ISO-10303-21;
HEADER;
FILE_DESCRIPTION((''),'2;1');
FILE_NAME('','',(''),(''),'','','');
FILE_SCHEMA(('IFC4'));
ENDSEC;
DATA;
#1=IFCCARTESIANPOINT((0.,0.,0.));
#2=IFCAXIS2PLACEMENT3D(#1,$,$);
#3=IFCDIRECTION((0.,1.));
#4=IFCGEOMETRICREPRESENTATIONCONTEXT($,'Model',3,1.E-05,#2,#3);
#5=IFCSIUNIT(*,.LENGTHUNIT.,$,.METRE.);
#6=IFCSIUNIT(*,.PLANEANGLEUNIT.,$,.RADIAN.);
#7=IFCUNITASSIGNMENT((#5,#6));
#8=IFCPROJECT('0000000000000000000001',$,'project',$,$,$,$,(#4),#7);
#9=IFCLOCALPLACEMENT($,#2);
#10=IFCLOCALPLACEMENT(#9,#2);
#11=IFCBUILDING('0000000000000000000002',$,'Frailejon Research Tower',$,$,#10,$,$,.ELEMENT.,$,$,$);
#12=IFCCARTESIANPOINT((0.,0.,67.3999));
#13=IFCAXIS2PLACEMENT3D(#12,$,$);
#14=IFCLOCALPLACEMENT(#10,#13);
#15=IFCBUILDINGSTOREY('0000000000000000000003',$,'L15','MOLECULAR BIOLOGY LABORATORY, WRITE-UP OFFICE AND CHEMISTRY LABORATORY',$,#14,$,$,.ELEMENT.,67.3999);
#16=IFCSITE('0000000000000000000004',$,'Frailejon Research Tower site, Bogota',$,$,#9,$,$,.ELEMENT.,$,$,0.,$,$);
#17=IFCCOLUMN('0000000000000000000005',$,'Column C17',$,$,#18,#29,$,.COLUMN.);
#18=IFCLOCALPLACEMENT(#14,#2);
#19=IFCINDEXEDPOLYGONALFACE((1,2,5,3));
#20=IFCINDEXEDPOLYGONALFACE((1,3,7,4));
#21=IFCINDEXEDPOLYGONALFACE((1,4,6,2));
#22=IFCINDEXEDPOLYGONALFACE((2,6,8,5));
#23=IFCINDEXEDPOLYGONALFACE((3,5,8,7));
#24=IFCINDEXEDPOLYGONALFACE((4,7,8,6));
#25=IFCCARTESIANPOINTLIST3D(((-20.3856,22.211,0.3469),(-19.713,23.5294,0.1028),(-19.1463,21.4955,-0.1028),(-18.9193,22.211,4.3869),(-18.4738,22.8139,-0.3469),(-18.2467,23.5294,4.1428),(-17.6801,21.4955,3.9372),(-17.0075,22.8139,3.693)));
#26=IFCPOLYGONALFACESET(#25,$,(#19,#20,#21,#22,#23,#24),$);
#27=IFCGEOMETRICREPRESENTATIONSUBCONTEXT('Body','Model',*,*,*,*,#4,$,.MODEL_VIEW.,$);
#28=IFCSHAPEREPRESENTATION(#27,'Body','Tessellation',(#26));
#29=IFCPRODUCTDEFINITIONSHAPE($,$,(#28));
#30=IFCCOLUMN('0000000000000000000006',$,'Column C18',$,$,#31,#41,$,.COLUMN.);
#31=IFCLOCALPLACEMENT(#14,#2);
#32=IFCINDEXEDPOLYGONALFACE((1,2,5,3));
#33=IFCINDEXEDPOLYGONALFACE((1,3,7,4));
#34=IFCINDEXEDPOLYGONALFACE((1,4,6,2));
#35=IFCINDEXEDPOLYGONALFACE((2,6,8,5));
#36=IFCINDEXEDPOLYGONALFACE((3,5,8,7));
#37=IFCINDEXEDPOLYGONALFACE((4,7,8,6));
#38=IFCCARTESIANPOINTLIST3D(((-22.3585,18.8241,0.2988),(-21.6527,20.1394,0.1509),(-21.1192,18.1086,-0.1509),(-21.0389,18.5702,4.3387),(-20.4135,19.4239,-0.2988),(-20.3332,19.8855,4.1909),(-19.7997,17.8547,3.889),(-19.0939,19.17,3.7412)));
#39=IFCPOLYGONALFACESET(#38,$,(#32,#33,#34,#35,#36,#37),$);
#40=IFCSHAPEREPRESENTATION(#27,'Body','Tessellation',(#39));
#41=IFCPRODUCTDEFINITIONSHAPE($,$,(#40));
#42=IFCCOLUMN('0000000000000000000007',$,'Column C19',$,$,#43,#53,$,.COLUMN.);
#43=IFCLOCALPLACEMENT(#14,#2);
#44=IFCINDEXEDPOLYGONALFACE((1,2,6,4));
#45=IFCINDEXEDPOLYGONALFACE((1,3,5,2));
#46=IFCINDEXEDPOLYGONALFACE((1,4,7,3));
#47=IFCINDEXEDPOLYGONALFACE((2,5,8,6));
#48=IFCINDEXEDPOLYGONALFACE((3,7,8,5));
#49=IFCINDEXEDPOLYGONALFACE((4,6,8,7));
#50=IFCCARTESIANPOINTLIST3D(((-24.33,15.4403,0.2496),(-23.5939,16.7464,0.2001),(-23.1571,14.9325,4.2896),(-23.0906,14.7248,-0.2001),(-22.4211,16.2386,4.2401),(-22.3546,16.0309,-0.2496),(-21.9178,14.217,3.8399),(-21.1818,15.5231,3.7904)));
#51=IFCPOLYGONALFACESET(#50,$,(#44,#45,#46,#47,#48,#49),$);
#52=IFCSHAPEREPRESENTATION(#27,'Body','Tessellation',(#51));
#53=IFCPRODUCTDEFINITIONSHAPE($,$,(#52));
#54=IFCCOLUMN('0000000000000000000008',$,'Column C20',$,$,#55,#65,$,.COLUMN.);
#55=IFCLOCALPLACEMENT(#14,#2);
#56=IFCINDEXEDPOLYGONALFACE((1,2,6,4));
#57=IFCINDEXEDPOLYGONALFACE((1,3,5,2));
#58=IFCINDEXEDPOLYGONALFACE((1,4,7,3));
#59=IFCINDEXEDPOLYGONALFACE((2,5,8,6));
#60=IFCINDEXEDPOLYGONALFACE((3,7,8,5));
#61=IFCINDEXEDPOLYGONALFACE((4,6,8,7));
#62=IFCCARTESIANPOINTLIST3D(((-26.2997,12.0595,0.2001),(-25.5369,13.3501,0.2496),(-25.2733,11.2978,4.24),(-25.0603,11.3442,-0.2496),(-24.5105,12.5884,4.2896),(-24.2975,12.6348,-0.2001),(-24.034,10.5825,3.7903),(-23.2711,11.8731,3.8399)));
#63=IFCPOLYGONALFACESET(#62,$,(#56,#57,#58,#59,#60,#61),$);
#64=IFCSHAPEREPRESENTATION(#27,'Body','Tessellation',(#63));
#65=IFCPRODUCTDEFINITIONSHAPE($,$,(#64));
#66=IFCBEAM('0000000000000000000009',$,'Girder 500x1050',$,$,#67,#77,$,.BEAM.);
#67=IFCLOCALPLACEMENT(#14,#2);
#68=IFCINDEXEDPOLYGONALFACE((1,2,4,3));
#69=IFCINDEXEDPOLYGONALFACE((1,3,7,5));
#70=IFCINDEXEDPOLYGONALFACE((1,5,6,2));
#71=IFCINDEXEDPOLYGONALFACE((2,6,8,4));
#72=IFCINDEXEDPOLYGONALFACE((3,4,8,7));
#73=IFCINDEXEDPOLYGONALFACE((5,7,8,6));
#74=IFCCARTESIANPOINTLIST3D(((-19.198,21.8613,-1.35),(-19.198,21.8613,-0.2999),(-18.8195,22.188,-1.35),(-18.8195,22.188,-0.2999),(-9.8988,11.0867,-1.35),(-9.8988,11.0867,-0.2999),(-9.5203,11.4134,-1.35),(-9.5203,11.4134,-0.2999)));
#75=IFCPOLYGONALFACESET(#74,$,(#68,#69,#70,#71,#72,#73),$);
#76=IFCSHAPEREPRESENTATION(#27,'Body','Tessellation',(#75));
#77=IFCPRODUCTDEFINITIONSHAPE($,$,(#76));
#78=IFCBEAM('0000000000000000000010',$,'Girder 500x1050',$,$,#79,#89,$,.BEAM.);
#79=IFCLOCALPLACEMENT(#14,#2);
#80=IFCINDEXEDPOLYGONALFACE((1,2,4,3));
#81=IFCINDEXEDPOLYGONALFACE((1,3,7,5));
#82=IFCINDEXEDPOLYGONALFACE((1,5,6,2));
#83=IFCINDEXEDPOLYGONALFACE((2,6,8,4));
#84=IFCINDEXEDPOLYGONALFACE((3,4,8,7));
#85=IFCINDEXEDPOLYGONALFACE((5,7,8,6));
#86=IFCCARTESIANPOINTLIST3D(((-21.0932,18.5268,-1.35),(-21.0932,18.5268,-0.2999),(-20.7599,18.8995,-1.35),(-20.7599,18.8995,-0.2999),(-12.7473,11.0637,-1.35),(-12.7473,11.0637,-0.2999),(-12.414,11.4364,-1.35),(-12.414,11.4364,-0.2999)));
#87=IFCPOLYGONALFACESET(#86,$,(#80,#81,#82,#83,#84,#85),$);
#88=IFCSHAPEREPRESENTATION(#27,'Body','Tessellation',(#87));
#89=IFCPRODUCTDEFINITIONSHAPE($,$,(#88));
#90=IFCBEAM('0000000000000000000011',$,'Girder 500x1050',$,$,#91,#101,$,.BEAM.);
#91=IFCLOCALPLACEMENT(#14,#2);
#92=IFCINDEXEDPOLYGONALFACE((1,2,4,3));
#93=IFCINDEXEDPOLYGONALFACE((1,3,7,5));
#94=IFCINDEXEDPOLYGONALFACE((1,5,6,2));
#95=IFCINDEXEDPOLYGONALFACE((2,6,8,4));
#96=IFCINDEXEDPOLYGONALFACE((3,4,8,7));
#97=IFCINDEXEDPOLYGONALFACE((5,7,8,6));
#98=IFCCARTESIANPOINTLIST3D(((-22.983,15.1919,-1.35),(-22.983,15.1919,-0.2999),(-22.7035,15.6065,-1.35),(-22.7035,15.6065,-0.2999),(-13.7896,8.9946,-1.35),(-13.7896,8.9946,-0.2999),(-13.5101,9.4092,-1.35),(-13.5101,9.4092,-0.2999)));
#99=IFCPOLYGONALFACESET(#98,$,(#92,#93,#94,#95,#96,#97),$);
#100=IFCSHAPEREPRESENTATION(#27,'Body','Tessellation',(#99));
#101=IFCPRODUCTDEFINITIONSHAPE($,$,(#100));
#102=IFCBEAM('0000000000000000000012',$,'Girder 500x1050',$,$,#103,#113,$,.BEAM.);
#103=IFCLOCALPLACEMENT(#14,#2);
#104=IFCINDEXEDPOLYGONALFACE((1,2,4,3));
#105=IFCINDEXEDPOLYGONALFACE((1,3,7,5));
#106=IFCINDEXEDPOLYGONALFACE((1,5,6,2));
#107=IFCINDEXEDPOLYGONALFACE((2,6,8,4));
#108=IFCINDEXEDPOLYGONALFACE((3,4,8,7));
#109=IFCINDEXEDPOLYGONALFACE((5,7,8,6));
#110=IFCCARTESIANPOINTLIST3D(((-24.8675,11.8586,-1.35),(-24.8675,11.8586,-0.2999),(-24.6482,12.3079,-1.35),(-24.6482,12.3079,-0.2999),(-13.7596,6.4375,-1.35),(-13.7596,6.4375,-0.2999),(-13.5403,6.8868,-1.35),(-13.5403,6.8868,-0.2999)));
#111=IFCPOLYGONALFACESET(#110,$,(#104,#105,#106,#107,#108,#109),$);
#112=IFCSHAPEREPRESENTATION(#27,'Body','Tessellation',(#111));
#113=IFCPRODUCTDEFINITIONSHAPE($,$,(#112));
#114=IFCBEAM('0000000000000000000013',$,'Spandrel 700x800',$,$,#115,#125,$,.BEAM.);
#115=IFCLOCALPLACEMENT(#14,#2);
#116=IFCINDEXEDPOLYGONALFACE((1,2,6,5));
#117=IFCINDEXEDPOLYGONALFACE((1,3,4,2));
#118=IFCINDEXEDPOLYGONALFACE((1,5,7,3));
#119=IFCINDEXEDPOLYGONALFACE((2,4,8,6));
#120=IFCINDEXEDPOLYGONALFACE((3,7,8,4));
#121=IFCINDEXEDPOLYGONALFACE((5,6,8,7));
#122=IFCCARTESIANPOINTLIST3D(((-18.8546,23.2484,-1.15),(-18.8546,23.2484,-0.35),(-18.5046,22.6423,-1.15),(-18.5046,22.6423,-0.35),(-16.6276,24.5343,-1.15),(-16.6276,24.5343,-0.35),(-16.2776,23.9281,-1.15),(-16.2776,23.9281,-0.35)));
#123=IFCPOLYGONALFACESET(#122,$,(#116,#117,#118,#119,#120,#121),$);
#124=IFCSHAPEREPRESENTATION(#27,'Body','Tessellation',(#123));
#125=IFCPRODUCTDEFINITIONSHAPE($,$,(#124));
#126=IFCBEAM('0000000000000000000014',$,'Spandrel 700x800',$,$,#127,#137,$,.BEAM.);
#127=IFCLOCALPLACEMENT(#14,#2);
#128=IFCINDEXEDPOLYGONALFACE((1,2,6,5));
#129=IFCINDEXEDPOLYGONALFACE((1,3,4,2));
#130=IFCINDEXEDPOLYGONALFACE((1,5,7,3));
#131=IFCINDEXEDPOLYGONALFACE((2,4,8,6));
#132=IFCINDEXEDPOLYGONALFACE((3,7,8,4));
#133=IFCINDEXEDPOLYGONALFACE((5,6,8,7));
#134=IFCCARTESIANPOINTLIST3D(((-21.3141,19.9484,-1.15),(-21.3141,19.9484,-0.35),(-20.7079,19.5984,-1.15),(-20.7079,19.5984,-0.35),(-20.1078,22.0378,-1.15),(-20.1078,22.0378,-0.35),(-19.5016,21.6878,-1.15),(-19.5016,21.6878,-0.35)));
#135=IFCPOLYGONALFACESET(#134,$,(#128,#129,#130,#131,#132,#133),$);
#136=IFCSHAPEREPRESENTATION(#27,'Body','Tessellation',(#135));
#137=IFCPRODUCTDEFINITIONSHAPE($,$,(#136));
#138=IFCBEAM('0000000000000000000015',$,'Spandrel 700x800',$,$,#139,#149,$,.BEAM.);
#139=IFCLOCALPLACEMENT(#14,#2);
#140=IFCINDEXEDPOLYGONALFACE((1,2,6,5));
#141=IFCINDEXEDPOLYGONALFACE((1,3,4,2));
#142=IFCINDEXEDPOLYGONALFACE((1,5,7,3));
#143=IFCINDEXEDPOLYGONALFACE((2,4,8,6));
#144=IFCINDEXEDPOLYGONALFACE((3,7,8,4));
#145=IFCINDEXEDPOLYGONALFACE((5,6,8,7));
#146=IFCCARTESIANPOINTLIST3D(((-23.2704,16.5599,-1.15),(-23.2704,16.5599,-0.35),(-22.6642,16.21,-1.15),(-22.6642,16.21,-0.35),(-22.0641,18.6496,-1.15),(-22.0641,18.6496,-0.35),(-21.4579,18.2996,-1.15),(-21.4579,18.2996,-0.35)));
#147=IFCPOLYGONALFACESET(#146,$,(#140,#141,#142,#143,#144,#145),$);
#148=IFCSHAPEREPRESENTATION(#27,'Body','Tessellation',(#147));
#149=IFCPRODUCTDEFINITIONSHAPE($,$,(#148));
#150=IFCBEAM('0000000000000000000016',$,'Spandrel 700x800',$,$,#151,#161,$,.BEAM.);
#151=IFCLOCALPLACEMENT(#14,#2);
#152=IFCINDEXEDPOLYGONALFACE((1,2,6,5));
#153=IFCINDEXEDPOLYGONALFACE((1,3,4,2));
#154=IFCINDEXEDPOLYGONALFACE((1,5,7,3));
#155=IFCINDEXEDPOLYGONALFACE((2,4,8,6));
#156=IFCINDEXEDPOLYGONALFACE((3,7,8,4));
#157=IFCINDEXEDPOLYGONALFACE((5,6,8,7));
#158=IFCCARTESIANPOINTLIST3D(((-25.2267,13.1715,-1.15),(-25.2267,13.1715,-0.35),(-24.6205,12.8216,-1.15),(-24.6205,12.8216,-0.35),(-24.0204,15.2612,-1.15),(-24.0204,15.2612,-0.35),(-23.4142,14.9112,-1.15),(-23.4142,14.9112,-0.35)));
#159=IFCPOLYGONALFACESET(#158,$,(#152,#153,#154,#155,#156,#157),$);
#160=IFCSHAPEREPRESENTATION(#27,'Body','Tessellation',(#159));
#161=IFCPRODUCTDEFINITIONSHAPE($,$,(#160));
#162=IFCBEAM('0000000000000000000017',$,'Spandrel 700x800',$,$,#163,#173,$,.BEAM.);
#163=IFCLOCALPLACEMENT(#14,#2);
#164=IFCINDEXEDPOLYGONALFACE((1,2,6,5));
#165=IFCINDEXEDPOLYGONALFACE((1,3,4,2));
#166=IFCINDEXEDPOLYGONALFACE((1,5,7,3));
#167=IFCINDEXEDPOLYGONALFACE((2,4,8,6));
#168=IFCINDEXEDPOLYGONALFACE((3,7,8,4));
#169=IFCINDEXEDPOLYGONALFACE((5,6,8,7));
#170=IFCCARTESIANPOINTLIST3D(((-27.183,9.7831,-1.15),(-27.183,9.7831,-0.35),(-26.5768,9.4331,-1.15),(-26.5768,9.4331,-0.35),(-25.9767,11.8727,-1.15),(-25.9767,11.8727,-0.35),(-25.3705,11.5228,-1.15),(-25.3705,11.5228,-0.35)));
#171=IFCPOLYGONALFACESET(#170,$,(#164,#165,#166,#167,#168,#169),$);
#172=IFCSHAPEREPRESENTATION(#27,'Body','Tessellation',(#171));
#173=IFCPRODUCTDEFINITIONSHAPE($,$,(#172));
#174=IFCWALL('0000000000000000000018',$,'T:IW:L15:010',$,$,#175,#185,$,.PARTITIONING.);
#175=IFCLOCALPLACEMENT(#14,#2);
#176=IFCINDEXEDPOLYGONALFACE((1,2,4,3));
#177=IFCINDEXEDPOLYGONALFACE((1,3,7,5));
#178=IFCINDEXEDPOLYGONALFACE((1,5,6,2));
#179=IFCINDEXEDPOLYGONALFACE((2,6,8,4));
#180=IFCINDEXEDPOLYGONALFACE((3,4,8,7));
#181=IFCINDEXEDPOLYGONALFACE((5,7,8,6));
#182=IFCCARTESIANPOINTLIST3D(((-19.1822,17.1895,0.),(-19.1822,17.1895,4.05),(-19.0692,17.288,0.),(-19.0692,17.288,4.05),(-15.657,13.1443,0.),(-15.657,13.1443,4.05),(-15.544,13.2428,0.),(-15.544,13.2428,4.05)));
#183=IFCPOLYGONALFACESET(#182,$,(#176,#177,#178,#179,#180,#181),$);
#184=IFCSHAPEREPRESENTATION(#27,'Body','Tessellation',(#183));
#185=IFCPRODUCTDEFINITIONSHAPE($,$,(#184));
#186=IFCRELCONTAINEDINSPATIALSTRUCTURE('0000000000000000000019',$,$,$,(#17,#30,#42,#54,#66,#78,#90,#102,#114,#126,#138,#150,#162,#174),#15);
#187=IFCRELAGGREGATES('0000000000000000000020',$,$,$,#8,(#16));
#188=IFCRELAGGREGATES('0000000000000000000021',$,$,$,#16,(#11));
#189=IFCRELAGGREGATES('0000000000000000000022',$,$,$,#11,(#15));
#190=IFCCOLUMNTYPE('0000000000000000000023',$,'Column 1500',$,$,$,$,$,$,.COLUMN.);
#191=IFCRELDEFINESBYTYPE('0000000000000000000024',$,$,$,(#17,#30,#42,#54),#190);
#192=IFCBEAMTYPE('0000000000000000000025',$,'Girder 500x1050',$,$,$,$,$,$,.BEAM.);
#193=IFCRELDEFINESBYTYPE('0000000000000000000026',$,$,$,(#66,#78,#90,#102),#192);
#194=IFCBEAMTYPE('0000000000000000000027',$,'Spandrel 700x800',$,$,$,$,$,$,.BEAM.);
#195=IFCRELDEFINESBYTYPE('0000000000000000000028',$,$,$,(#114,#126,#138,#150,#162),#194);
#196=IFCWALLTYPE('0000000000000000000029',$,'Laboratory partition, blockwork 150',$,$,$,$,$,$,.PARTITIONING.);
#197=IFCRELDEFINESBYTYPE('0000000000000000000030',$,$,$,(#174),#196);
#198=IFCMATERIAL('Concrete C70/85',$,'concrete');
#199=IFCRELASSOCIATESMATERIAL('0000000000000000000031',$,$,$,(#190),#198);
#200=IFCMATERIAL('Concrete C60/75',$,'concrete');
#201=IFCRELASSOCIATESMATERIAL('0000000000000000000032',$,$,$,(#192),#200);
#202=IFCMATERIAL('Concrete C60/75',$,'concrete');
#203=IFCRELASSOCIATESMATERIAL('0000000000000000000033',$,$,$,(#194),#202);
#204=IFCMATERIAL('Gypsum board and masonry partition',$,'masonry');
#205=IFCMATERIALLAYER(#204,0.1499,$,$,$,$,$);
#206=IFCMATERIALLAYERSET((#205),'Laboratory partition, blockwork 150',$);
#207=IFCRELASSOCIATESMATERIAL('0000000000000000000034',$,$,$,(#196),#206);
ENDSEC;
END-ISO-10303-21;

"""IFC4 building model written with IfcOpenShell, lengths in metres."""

from ifc_helpers import new_model, si_unit, direction, frame, frame_2d, origin, origin_2d, place, context, subcontext, project, spatial, rectangle, extrude, material, layer, layer_set, material_profile, profile_set, type_object, element, save


model = new_model("IFC4")

# Units and contexts
model_context = context("Model", 3, precision=1e-05, world=origin(), true_north=direction((0.0, 1.0)))
body_context = subcontext(model_context, "Body", "Model", "MODEL_VIEW")
ifc_project = project(units=[si_unit("LENGTHUNIT", "METRE"), si_unit("PLANEANGLEUNIT", "RADIAN")], contexts=[model_context])

# Site, building, storey
site_placement = place(None, origin())
site = spatial("IfcSite", under=ifc_project, at=site_placement, Name="Frailejon Research Tower site, Bogota", CompositionType="ELEMENT", RefElevation=0.0)
building_placement = place(site_placement, origin())
building = spatial("IfcBuilding", under=site, at=building_placement, Name="Frailejon Research Tower", CompositionType="ELEMENT")
storey_placement = place(building_placement, frame((0.0, 0.0, 67.3999)))
storey = spatial("IfcBuildingStorey", under=building, at=storey_placement, Name="L15", Description="MOLECULAR BIOLOGY LABORATORY, WRITE-UP OFFICE AND CHEMISTRY LABORATORY", CompositionType="ELEMENT", Elevation=67.3999)

# Columns
ifc_material_1 = material(Name="Concrete C70/85", Category="concrete")
ifc_material_profile_1 = material_profile(ifc_material_1, rectangle(XDim=1.5, YDim=1.5, at=origin_2d()), Name="Column 1500")
ifc_profile_set_1 = profile_set([ifc_material_profile_1], Name="Concrete C70/85")
column_type = type_object("IfcColumnType", Name="Column 1500", PredefinedType="COLUMN", material=ifc_profile_set_1)
column_1_placement = place(storey_placement, frame((-19.4297, 22.5125, 0.0), z_axis=(0.341168, 0.0, 0.940002), x_axis=(-0.44838, -0.878904, 0.162737)))
element("IfcColumn", 1, at=column_1_placement, inside=storey, type_object=column_type, Name="Column C17", PredefinedType="COLUMN", context=body_context, shape_type="SweptSolid", body=[
    extrude(rectangle(XDim=1.5, YDim=1.5, at=origin_2d()), origin(), (0.0, 0.0, 1.0), 4.2979),
])
column_2_placement = place(storey_placement, frame((-21.386, 19.124, 0.0), z_axis=(0.309931, -0.059635, 0.948887), x_axis=(-0.470499, -0.876878, 0.098567)))
element("IfcColumn", 2, at=column_2_placement, inside=storey, type_object=column_type, Name="Column C18", PredefinedType="COLUMN", context=body_context, shape_type="SweptSolid", body=[
    extrude(rectangle(XDim=1.5, YDim=1.5, at=origin_2d()), origin(), (0.0, 0.0, 1.0), 4.2576),
])
for number, where, z_axis, x_axis, name in (
    (3, (-23.3423, 15.7356, 0.0), (0.276787, -0.119841, 0.953429), (-0.490682, -0.870713, 0.033004), "Column C19"),
    (4, (-25.2986, 12.3472, 0.0), (0.242216, -0.179761, 0.953424), (-0.508553, -0.860397, -0.033024), "Column C20"),
):
    element("IfcColumn", number, at=place(storey_placement, frame(where, z_axis=z_axis, x_axis=x_axis)), inside=storey, type_object=column_type, Name=name, PredefinedType="COLUMN", context=body_context, shape_type="SweptSolid", body=[
        extrude(rectangle(XDim=1.5, YDim=1.5, at=origin_2d()), origin(), (0.0, 0.0, 1.0), 4.2373),
    ])

# Beams
ifc_material_2 = material(Name="Concrete C60/75", Category="concrete")
ifc_material_profile_2 = material_profile(ifc_material_2, rectangle(XDim=0.5, YDim=1.05, at=origin_2d()), Name="Girder 500x1050")
ifc_profile_set_2 = profile_set([ifc_material_profile_2], Name="Concrete C60/75")
beam_type_1 = type_object("IfcBeamType", Name="Girder 500x1050", PredefinedType="BEAM", material=ifc_profile_set_2)
beam_1_placement = place(storey_placement, frame((-19.0088, 22.0247, -0.825), z_axis=(0.653376, -0.757034, 0.0), x_axis=(0.757034, 0.653376, 0.0)))
element("IfcBeam", 5, at=beam_1_placement, inside=storey, type_object=beam_type_1, Name="Girder 500x1050", PredefinedType="BEAM", context=body_context, shape_type="SweptSolid", body=[
    extrude(rectangle(XDim=0.5, YDim=1.05, at=origin_2d()), origin(), (0.0, 0.0, 1.0), 14.2327),
])
beam_2_placement = place(storey_placement, frame((-20.9265, 18.7131, -0.825), z_axis=(0.745432, -0.666582, 0.0), x_axis=(0.666582, 0.745432, 0.0)))
element("IfcBeam", 6, at=beam_2_placement, inside=storey, type_object=beam_type_1, Name="Girder 500x1050", PredefinedType="BEAM", context=body_context, shape_type="SweptSolid", body=[
    extrude(rectangle(XDim=0.5, YDim=1.05, at=origin_2d()), origin(), (0.0, 0.0, 1.0), 11.196),
])
beam_3_placement = place(storey_placement, frame((-22.8433, 15.3992, -0.825), z_axis=(0.829194, -0.558961, 0.0), x_axis=(0.558961, 0.829194, 0.0)))
element("IfcBeam", 7, at=beam_3_placement, inside=storey, type_object=beam_type_1, Name="Girder 500x1050", PredefinedType="BEAM", context=body_context, shape_type="SweptSolid", body=[
    extrude(rectangle(XDim=0.5, YDim=1.05, at=origin_2d()), origin(), (0.0, 0.0, 1.0), 11.0872),
])
beam_4_placement = place(storey_placement, frame((-24.7578, 12.0833, -0.825), z_axis=(0.898684, -0.438597, 0.0), x_axis=(0.438597, 0.898684, 0.0)))
element("IfcBeam", 8, at=beam_4_placement, inside=storey, type_object=beam_type_1, Name="Girder 500x1050", PredefinedType="BEAM", context=body_context, shape_type="SweptSolid", body=[
    extrude(rectangle(XDim=0.5, YDim=1.05, at=origin_2d()), origin(), (0.0, 0.0, 1.0), 12.3601),
])
ifc_material_3 = material(Name="Concrete C60/75", Category="concrete")
ifc_material_profile_3 = material_profile(ifc_material_3, rectangle(XDim=0.7, YDim=0.8, at=origin_2d()), Name="Spandrel 700x800")
ifc_profile_set_3 = profile_set([ifc_material_profile_3], Name="Concrete C60/75")
beam_type_2 = type_object("IfcBeamType", Name="Spandrel 700x800", PredefinedType="BEAM", material=ifc_profile_set_3)
beam_5_placement = place(storey_placement, frame((-16.4526, 24.2312, -0.75), z_axis=(-0.866009, -0.500029, 0.0), x_axis=(0.500029, -0.866009, 0.0)))
element("IfcBeam", 9, at=beam_5_placement, inside=storey, type_object=beam_type_2, Name="Spandrel 700x800", PredefinedType="BEAM", context=body_context, shape_type="SweptSolid", body=[
    extrude(rectangle(XDim=0.7, YDim=0.8, at=origin_2d()), origin(), (0.0, 0.0, 1.0), 2.5715),
])
beam_6_placement = place(storey_placement, frame((-19.8047, 21.8628, -0.75), z_axis=(-0.500003, -0.866024, 0.0), x_axis=(0.866024, -0.500003, 0.0)))
element("IfcBeam", 10, at=beam_6_placement, inside=storey, type_object=beam_type_2, Name="Spandrel 700x800", PredefinedType="BEAM", context=body_context, shape_type="SweptSolid", body=[
    extrude(rectangle(XDim=0.7, YDim=0.8, at=origin_2d()), origin(), (0.0, 0.0, 1.0), 2.4126),
])
for number, where, z_axis, x_axis, name in (
    (11, (-21.761, 18.4746, -0.75), (-0.499959, -0.866049, 0.0), (0.866049, -0.499959, 0.0), "Spandrel 700x800"),
    (12, (-23.7173, 15.0862, -0.75), (-0.499959, -0.866049, 0.0), (0.866049, -0.499959, 0.0), "Spandrel 700x800"),
    (13, (-25.6736, 11.6978, -0.75), (-0.499959, -0.866049, 0.0), (0.866049, -0.499959, 0.0), "Spandrel 700x800"),
):
    element("IfcBeam", number, at=place(storey_placement, frame(where, z_axis=z_axis, x_axis=x_axis)), inside=storey, type_object=beam_type_2, Name=name, PredefinedType="BEAM", context=body_context, shape_type="SweptSolid", body=[
        extrude(rectangle(XDim=0.7, YDim=0.8, at=origin_2d()), origin(), (0.0, 0.0, 1.0), 2.4128),
    ])

# Wall
ifc_material_4 = material(Name="Gypsum board and masonry partition", Category="masonry")
ifc_layer_1 = layer(ifc_material_4, 0.1499)
ifc_layer_set_1 = layer_set([ifc_layer_1], Name="Laboratory partition, blockwork 150")
wall_type_1 = type_object("IfcWallType", Name="Laboratory partition, blockwork 150", PredefinedType="PARTITIONING", material=ifc_layer_set_1)
wall_1_placement = place(storey_placement, frame((-19.1257, 17.2388, 0.0), z_axis=(0.0, 0.0, 1.0), x_axis=(0.656986, -0.753903, 0.0)))
element("IfcWall", 14, at=wall_1_placement, inside=storey, type_object=wall_type_1, Name="T:IW:L15:010", PredefinedType="PARTITIONING", context=body_context, shape_type="SweptSolid", body=[
    extrude(rectangle(XDim=5.3657, YDim=0.1499, at=frame_2d((2.6829, 0.0))), origin(), (0.0, 0.0, 1.0), 4.05),
])

save(model, "model.ifc")
